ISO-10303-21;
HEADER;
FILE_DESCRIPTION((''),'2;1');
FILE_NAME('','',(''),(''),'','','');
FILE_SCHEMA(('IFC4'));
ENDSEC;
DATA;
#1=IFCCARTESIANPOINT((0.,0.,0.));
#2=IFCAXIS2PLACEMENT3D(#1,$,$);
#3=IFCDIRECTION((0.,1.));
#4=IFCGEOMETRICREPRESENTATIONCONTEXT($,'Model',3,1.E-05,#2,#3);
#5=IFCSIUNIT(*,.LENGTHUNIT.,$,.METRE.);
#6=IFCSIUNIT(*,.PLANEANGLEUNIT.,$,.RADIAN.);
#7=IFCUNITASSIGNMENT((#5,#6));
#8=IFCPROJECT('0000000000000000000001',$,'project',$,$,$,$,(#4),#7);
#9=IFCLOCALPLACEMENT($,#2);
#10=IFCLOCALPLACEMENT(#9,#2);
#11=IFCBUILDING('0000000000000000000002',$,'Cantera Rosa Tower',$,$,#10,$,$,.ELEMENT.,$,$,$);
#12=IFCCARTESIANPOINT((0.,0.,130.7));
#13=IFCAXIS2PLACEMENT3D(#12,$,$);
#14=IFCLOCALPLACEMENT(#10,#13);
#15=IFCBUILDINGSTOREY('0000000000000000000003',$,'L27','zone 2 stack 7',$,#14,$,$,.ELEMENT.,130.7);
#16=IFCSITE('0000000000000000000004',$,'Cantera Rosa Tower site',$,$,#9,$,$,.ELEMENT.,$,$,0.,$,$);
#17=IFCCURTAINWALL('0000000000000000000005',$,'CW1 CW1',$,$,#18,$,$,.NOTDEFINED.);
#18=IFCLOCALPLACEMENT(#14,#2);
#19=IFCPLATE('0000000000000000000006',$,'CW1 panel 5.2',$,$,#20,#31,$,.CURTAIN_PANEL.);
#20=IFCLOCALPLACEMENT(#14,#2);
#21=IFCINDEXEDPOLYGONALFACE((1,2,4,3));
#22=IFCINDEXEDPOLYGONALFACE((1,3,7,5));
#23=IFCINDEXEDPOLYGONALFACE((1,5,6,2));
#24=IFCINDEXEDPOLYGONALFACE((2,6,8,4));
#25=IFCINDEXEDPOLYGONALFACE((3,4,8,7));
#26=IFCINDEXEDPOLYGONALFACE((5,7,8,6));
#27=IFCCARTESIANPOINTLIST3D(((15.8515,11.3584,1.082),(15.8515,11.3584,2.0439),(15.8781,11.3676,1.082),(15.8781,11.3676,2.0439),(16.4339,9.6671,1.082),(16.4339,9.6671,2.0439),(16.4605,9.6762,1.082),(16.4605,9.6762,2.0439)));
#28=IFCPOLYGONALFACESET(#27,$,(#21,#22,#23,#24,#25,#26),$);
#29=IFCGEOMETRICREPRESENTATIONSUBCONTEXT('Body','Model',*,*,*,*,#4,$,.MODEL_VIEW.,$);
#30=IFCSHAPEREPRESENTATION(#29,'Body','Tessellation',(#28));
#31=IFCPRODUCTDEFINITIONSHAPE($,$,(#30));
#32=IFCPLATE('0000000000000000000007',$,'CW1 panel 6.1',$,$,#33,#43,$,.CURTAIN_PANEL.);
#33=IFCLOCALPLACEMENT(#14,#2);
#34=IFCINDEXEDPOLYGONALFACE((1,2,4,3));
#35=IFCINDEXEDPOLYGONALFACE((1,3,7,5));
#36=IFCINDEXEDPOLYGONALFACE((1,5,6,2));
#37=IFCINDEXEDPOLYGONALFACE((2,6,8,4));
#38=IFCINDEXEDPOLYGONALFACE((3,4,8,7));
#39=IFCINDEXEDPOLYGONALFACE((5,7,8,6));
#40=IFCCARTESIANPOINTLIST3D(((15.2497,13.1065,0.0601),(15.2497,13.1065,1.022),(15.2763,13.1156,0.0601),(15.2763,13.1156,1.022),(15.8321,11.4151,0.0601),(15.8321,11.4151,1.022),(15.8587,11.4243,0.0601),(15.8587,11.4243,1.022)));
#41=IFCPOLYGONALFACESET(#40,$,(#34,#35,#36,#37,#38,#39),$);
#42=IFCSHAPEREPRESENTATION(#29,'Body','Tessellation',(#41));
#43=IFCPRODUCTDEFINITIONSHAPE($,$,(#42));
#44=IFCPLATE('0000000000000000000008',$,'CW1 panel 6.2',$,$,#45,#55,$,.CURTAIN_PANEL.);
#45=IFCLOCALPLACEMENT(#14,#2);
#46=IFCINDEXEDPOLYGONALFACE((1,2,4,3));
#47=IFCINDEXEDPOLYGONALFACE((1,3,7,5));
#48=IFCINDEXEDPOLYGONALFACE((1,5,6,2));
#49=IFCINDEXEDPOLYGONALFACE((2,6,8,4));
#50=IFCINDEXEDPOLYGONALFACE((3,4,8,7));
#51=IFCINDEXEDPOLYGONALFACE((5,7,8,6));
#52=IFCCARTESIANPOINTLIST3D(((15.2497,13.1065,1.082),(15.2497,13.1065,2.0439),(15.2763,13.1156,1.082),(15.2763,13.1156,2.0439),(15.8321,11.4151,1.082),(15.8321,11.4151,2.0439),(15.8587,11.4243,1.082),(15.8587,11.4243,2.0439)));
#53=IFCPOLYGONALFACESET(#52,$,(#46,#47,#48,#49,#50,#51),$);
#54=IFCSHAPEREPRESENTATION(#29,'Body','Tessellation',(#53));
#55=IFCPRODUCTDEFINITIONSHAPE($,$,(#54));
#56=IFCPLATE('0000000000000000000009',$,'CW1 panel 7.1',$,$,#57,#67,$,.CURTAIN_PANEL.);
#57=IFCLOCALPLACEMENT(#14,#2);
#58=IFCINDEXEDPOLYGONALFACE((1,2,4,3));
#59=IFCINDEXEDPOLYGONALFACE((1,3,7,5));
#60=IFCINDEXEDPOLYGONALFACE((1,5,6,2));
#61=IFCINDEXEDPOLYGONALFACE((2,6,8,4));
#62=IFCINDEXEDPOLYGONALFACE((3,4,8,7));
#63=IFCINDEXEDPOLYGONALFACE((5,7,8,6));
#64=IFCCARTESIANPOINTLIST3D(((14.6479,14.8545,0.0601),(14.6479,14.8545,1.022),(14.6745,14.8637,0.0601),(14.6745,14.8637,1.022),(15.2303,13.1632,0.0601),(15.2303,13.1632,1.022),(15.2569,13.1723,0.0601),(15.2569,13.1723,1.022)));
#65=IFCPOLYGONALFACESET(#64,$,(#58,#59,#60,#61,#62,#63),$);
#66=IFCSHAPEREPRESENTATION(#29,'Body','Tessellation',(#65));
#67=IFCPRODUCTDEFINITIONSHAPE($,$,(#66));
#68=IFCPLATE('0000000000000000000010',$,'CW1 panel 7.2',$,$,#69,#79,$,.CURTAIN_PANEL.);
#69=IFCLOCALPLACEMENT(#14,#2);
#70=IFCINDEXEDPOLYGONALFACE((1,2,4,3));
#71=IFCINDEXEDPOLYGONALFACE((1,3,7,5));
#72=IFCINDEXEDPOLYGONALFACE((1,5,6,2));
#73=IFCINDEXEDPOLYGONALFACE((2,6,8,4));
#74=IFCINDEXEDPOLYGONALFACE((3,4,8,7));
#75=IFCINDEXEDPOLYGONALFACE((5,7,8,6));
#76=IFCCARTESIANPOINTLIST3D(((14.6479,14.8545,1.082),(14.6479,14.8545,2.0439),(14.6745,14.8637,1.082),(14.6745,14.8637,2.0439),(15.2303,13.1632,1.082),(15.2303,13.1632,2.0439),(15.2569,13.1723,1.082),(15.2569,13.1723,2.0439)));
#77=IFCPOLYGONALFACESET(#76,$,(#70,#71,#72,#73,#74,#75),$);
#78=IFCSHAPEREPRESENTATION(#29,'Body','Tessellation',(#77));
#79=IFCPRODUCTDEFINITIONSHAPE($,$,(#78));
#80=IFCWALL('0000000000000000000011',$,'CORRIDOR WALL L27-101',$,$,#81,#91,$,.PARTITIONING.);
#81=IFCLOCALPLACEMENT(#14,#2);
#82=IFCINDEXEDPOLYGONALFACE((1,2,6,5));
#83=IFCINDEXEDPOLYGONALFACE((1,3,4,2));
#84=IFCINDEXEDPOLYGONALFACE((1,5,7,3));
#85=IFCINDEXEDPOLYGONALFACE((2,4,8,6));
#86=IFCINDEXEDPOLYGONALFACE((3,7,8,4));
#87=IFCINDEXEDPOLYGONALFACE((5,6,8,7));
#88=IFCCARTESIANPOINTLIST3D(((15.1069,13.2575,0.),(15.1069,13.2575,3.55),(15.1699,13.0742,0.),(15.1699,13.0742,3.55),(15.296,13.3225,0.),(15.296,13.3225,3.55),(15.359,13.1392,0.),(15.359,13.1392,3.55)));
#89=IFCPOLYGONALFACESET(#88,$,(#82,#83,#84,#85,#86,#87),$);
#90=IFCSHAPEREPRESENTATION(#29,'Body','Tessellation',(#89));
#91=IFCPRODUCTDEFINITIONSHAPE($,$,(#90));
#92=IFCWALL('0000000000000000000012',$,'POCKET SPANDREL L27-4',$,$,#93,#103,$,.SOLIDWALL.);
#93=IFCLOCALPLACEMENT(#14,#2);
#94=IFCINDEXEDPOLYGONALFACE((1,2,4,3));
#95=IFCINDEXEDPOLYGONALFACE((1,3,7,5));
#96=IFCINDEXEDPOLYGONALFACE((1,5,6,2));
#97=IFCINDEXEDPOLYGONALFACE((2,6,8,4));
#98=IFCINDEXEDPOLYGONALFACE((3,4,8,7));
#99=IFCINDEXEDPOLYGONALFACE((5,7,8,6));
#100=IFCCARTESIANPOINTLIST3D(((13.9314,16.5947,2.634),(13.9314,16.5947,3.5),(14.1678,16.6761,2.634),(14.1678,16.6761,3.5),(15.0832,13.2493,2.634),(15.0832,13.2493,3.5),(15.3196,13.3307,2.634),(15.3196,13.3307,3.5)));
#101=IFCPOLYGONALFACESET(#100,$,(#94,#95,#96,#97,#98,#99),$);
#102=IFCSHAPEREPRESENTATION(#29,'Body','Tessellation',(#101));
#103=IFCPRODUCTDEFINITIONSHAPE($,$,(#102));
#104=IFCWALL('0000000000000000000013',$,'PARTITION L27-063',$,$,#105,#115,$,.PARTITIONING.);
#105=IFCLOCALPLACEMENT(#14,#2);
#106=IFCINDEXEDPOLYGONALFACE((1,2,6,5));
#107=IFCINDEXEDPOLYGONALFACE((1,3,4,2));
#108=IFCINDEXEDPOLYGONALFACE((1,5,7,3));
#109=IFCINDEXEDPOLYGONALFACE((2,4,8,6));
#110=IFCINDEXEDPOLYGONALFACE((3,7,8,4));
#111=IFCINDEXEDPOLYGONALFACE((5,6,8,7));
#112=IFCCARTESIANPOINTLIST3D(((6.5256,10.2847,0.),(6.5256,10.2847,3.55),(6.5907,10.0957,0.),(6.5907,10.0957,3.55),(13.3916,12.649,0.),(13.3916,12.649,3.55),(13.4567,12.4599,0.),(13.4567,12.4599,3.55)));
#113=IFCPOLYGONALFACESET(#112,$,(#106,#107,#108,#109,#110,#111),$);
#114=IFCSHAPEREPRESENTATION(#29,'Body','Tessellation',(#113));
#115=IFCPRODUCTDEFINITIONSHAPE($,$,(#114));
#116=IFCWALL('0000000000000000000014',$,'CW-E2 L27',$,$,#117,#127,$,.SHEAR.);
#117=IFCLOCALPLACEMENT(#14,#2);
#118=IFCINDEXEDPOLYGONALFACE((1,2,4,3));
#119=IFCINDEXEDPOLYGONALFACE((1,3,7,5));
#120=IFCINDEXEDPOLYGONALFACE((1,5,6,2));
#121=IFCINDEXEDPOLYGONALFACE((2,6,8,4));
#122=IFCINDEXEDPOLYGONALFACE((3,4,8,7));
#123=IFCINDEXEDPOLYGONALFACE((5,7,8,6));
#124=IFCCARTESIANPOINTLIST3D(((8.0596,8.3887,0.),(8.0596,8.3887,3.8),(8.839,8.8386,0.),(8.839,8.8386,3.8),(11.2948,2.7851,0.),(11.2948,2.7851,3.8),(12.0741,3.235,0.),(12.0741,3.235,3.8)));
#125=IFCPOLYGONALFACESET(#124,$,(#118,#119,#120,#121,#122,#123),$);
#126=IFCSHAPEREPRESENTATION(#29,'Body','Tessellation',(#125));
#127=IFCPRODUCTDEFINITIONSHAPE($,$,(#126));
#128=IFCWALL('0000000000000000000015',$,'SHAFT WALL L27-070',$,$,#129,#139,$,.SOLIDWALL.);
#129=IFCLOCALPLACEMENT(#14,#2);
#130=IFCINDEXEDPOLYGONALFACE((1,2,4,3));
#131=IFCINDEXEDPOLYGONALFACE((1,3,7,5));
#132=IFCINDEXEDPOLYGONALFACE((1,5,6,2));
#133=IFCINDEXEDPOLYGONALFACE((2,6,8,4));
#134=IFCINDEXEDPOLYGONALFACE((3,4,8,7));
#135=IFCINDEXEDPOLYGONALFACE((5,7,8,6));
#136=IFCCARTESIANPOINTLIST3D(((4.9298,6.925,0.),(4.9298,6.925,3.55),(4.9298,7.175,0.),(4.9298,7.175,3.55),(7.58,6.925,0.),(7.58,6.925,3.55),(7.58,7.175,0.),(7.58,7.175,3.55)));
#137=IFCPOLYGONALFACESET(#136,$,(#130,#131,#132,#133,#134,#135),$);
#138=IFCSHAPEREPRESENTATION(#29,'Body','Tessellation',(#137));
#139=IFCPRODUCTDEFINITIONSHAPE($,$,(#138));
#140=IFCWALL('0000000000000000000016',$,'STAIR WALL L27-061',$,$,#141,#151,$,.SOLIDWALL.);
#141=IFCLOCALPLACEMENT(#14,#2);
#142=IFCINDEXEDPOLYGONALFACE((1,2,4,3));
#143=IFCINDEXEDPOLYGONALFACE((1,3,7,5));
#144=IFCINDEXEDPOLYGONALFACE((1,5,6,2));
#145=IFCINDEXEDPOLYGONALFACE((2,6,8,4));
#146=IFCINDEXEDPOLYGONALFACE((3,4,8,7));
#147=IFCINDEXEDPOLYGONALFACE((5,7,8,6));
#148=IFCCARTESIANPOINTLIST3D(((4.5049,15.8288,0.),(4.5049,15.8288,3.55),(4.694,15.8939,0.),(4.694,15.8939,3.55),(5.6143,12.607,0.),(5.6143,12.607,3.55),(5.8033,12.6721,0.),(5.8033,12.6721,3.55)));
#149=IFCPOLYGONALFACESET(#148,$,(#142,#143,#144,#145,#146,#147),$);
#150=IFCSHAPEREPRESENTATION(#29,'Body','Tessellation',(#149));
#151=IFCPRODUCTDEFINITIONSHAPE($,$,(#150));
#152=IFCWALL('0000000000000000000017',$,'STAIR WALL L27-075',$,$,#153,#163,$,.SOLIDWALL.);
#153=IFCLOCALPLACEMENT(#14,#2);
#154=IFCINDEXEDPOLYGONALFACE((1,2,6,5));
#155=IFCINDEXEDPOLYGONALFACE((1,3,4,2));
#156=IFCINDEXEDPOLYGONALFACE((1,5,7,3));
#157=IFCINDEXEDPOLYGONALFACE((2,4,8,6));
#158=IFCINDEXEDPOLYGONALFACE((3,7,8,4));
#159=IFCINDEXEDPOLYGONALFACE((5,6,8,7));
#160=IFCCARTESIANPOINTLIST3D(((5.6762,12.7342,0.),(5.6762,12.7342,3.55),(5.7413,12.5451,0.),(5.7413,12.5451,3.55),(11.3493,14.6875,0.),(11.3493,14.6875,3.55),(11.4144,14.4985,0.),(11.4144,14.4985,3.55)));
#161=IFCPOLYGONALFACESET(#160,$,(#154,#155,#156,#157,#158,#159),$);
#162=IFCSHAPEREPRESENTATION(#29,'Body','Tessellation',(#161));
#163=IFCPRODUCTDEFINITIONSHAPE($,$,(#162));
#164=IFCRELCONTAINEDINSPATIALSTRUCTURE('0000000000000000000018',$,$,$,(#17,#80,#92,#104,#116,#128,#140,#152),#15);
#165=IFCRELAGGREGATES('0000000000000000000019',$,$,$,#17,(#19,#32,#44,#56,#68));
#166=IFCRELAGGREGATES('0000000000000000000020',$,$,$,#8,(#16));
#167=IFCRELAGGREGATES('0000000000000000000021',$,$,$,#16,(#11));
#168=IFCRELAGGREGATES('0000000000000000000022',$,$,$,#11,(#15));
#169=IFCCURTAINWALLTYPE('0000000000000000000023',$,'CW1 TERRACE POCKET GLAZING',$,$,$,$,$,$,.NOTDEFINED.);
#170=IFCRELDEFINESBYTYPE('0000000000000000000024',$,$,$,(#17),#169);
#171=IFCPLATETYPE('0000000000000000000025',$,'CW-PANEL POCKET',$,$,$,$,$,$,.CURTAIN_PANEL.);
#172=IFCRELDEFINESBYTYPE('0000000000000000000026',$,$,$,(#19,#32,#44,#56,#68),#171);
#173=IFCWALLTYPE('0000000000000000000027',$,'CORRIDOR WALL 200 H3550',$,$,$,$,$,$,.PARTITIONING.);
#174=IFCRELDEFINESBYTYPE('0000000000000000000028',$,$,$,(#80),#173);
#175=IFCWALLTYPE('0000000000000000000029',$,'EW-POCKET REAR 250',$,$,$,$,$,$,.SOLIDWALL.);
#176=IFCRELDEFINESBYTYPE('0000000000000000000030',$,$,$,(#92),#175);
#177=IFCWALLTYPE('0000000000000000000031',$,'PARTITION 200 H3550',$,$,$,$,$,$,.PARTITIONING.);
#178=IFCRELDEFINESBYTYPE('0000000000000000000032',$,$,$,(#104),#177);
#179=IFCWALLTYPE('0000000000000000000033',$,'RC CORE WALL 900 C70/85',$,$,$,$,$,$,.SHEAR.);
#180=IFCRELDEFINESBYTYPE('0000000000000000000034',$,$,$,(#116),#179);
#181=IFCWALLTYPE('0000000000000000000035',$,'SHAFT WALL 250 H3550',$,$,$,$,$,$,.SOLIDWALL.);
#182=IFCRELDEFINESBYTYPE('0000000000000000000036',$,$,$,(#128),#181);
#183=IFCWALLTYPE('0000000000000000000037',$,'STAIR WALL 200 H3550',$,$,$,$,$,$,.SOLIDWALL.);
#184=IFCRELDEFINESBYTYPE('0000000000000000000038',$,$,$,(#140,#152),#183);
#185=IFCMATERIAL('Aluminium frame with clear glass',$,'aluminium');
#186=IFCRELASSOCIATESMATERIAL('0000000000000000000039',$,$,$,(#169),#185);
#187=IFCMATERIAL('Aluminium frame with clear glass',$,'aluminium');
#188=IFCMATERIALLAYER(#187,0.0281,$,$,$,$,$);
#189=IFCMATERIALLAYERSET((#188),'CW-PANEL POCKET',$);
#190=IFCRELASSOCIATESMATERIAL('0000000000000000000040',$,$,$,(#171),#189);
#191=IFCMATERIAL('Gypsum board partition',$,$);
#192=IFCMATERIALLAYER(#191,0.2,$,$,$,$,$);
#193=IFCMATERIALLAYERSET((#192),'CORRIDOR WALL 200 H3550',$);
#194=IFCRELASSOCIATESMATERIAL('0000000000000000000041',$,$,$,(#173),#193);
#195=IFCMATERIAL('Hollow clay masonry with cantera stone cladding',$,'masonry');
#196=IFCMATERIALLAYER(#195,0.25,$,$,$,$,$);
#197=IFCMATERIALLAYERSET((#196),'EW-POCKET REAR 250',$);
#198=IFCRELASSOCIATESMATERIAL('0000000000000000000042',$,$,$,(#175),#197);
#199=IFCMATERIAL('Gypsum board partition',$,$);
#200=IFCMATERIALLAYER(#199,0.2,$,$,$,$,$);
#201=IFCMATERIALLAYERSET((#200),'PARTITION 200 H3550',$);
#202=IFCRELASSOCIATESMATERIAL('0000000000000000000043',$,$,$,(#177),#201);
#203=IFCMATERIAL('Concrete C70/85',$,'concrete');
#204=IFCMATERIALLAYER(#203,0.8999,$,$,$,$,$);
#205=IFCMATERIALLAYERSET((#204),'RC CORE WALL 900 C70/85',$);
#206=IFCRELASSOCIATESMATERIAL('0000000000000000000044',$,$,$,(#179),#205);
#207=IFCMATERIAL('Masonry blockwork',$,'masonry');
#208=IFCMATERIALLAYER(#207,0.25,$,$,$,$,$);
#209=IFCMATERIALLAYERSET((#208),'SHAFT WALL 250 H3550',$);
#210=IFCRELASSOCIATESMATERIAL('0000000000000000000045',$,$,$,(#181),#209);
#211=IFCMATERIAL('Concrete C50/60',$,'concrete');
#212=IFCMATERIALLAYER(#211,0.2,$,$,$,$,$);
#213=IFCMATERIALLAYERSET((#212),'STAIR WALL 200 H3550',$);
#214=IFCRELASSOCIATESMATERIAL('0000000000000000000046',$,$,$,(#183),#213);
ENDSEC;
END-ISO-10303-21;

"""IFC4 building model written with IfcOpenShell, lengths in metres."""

from ifc_helpers import new_model, si_unit, direction, frame, frame_2d, origin, origin_2d, place, context, subcontext, project, spatial, rectangle, extrude, material, layer, layer_set, type_object, element, aggregate, save


model = new_model("IFC4")

# Units and contexts
model_context = context("Model", 3, precision=1e-05, world=origin(), true_north=direction((0.0, 1.0)))
body_context = subcontext(model_context, "Body", "Model", "MODEL_VIEW")
ifc_project = project(units=[si_unit("LENGTHUNIT", "METRE"), si_unit("PLANEANGLEUNIT", "RADIAN")], contexts=[model_context])

# Site, building, storey
site_placement = place(None, origin())
site = spatial("IfcSite", under=ifc_project, at=site_placement, Name="Cantera Rosa Tower site", CompositionType="ELEMENT", RefElevation=0.0)
building_placement = place(site_placement, origin())
building = spatial("IfcBuilding", under=site, at=building_placement, Name="Cantera Rosa Tower", CompositionType="ELEMENT")
storey_placement = place(building_placement, frame((0.0, 0.0, 130.7)))
storey = spatial("IfcBuildingStorey", under=building, at=storey_placement, Name="L27", Description="zone 2 stack 7", CompositionType="ELEMENT", Elevation=130.7)

# Curtain wall
ifc_material_1 = material(Name="Aluminium frame with clear glass", Category="aluminium")
curtain_wall_type = type_object("IfcCurtainWallType", Name="CW1 TERRACE POCKET GLAZING", PredefinedType="NOTDEFINED", material=ifc_material_1)
curtain_wall_placement = place(storey_placement, origin())
curtain_wall = element("IfcCurtainWall", 1, at=curtain_wall_placement, inside=storey, type_object=curtain_wall_type, Name="CW1 CW1", PredefinedType="NOTDEFINED")

# Plates
ifc_material_2 = material(Name="Aluminium frame with clear glass", Category="aluminium")
ifc_layer_1 = layer(ifc_material_2, 0.0281)
ifc_layer_set_1 = layer_set([ifc_layer_1], Name="CW-PANEL POCKET")
plate_type = type_object("IfcPlateType", Name="CW-PANEL POCKET", PredefinedType="CURTAIN_PANEL", material=ifc_layer_set_1)
plate_1_placement = place(storey_placement, frame((16.156, 10.5173, 1.082), z_axis=(0.0, 0.0, 1.0), x_axis=(-0.325568, 0.945519, 0.0)))
plate_1 = element("IfcPlate", 2, at=plate_1_placement, type_object=plate_type, Name="CW1 panel 5.2", PredefinedType="CURTAIN_PANEL", context=body_context, shape_type="SweptSolid", body=[
    extrude(rectangle(XDim=1.7888, YDim=0.0281, at=origin_2d()), origin(), (0.0, 0.0, 1.0), 0.9619),
])
plate_2_placement = place(storey_placement, frame((15.5542, 12.2654, 0.0601), z_axis=(0.0, 0.0, 1.0), x_axis=(-0.325568, 0.945519, 0.0)))
plate_2 = element("IfcPlate", 3, at=plate_2_placement, type_object=plate_type, Name="CW1 panel 6.1", PredefinedType="CURTAIN_PANEL", context=body_context, shape_type="SweptSolid", body=[
    extrude(rectangle(XDim=1.7888, YDim=0.0281, at=origin_2d()), origin(), (0.0, 0.0, 1.0), 0.9619),
])
plate_3_placement = place(storey_placement, frame((15.5542, 12.2654, 1.082), z_axis=(0.0, 0.0, 1.0), x_axis=(-0.325568, 0.945519, 0.0)))
plate_3 = element("IfcPlate", 4, at=plate_3_placement, type_object=plate_type, Name="CW1 panel 6.2", PredefinedType="CURTAIN_PANEL", context=body_context, shape_type="SweptSolid", body=[
    extrude(rectangle(XDim=1.7888, YDim=0.0281, at=origin_2d()), origin(), (0.0, 0.0, 1.0), 0.9619),
])
plate_4_placement = place(storey_placement, frame((14.9524, 14.0134, 0.0601), z_axis=(0.0, 0.0, 1.0), x_axis=(-0.325568, 0.945519, 0.0)))
plate_4 = element("IfcPlate", 5, at=plate_4_placement, type_object=plate_type, Name="CW1 panel 7.1", PredefinedType="CURTAIN_PANEL", context=body_context, shape_type="SweptSolid", body=[
    extrude(rectangle(XDim=1.7888, YDim=0.0281, at=origin_2d()), origin(), (0.0, 0.0, 1.0), 0.9619),
])
plate_5_placement = place(storey_placement, frame((14.9524, 14.0134, 1.082), z_axis=(0.0, 0.0, 1.0), x_axis=(-0.325568, 0.945519, 0.0)))
plate_5 = element("IfcPlate", 6, at=plate_5_placement, type_object=plate_type, Name="CW1 panel 7.2", PredefinedType="CURTAIN_PANEL", context=body_context, shape_type="SweptSolid", body=[
    extrude(rectangle(XDim=1.7888, YDim=0.0281, at=origin_2d()), origin(), (0.0, 0.0, 1.0), 0.9619),
])
aggregate(curtain_wall, [plate_1, plate_2, plate_3, plate_4, plate_5])

# Walls
ifc_material_3 = material(Name="Gypsum board partition")
ifc_layer_2 = layer(ifc_material_3, 0.2)
ifc_layer_set_2 = layer_set([ifc_layer_2], Name="CORRIDOR WALL 200 H3550")
wall_type_1 = type_object("IfcWallType", Name="CORRIDOR WALL 200 H3550", PredefinedType="PARTITIONING", material=ifc_layer_set_2)
wall_1_placement = place(storey_placement, frame((15.2644, 13.1067, 0.0), z_axis=(0.0, 0.0, 1.0), x_axis=(-0.324904, 0.945747, 0.0)))
element("IfcWall", 7, at=wall_1_placement, inside=storey, type_object=wall_type_1, Name="CORRIDOR WALL L27-101", PredefinedType="PARTITIONING", context=body_context, shape_type="SweptSolid", body=[
    extrude(rectangle(XDim=0.1938, YDim=0.2, at=frame_2d((0.0969, 0.0))), origin(), (0.0, 0.0, 1.0), 3.55),
])
ifc_material_4 = material(Name="Hollow clay masonry with cantera stone cladding", Category="masonry")
ifc_layer_3 = layer(ifc_material_4, 0.25)
ifc_layer_set_3 = layer_set([ifc_layer_3], Name="EW-POCKET REAR 250")
wall_type_2 = type_object("IfcWallType", Name="EW-POCKET REAR 250", PredefinedType="SOLIDWALL", material=ifc_layer_set_3)
wall_2_placement = place(storey_placement, frame((15.2014, 13.29, 2.634), z_axis=(0.0, 0.0, 1.0), x_axis=(-0.325548, 0.945525, 0.0)))
element("IfcWall", 8, at=wall_2_placement, inside=storey, type_object=wall_type_2, Name="POCKET SPANDREL L27-4", PredefinedType="SOLIDWALL", context=body_context, shape_type="SweptSolid", body=[
    extrude(rectangle(XDim=3.5381, YDim=0.25, at=frame_2d((1.769, 0.0))), origin(), (0.0, 0.0, 1.0), 0.866),
])
ifc_material_5 = material(Name="Gypsum board partition")
ifc_layer_4 = layer(ifc_material_5, 0.2)
ifc_layer_set_4 = layer_set([ifc_layer_4], Name="PARTITION 200 H3550")
wall_type_3 = type_object("IfcWallType", Name="PARTITION 200 H3550", PredefinedType="PARTITIONING", material=ifc_layer_set_4)
wall_3_placement = place(storey_placement, frame((6.5581, 10.1902, 0.0), z_axis=(0.0, 0.0, 1.0), x_axis=(0.945514, 0.325582, 0.0)))
element("IfcWall", 9, at=wall_3_placement, inside=storey, type_object=wall_type_3, Name="PARTITION L27-063", PredefinedType="PARTITIONING", context=body_context, shape_type="SweptSolid", body=[
    extrude(rectangle(XDim=7.2617, YDim=0.2, at=frame_2d((3.6309, 0.0))), origin(), (0.0, 0.0, 1.0), 3.55),
])
ifc_material_6 = material(Name="Concrete C70/85", Category="concrete")
ifc_layer_5 = layer(ifc_material_6, 0.8999)
ifc_layer_set_5 = layer_set([ifc_layer_5], Name="RC CORE WALL 900 C70/85")
wall_type_4 = type_object("IfcWallType", Name="RC CORE WALL 900 C70/85", PredefinedType="SHEAR", material=ifc_layer_set_5)
wall_4_placement = place(storey_placement, frame((8.4492, 8.6138, 0.0), z_axis=(0.0, 0.0, 1.0), x_axis=(0.49999, -0.866031, 0.0)))
element("IfcWall", 10, at=wall_4_placement, inside=storey, type_object=wall_type_4, Name="CW-E2 L27", PredefinedType="SHEAR", context=body_context, shape_type="SweptSolid", body=[
    extrude(rectangle(XDim=6.4705, YDim=0.8999, at=frame_2d((3.2354, 0.0))), origin(), (0.0, 0.0, 1.0), 3.8),
])
ifc_material_7 = material(Name="Masonry blockwork", Category="masonry")
ifc_layer_6 = layer(ifc_material_7, 0.25)
ifc_layer_set_6 = layer_set([ifc_layer_6], Name="SHAFT WALL 250 H3550")
wall_type_5 = type_object("IfcWallType", Name="SHAFT WALL 250 H3550", PredefinedType="SOLIDWALL", material=ifc_layer_set_6)
wall_5_placement = place(storey_placement, frame((7.5801, 7.05, 0.0), z_axis=(0.0, 0.0, 1.0), x_axis=(-1.0, 0.0, 0.0)))
element("IfcWall", 11, at=wall_5_placement, inside=storey, type_object=wall_type_5, Name="SHAFT WALL L27-070", PredefinedType="SOLIDWALL", context=body_context, shape_type="SweptSolid", body=[
    extrude(rectangle(XDim=2.6501, YDim=0.25, at=frame_2d((1.3252, 0.0))), origin(), (0.0, 0.0, 1.0), 3.55),
])
ifc_material_8 = material(Name="Concrete C50/60", Category="concrete")
ifc_layer_7 = layer(ifc_material_8, 0.2)
ifc_layer_set_7 = layer_set([ifc_layer_7], Name="STAIR WALL 200 H3550")
wall_type_6 = type_object("IfcWallType", Name="STAIR WALL 200 H3550", PredefinedType="SOLIDWALL", material=ifc_layer_set_7)
wall_6_placement = place(storey_placement, frame((5.7087, 12.6396, 0.0), z_axis=(0.0, 0.0, 1.0), x_axis=(-0.325562, 0.945521, 0.0)))
element("IfcWall", 12, at=wall_6_placement, inside=storey, type_object=wall_type_6, Name="STAIR WALL L27-061", PredefinedType="SOLIDWALL", context=body_context, shape_type="SweptSolid", body=[
    extrude(rectangle(XDim=3.4075, YDim=0.2, at=frame_2d((1.7036, 0.0))), origin(), (0.0, 0.0, 1.0), 3.55),
])
wall_7_placement = place(storey_placement, frame((11.3818, 14.593, 0.0), z_axis=(0.0, 0.0, 1.0), x_axis=(-0.94552, -0.325563, 0.0)))
element("IfcWall", 13, at=wall_7_placement, inside=storey, type_object=wall_type_6, Name="STAIR WALL L27-075", PredefinedType="SOLIDWALL", context=body_context, shape_type="SweptSolid", body=[
    extrude(rectangle(XDim=6.0, YDim=0.2, at=frame_2d((3.0, 0.0))), origin(), (0.0, 0.0, 1.0), 3.55),
])

save(model, "model.ifc")
